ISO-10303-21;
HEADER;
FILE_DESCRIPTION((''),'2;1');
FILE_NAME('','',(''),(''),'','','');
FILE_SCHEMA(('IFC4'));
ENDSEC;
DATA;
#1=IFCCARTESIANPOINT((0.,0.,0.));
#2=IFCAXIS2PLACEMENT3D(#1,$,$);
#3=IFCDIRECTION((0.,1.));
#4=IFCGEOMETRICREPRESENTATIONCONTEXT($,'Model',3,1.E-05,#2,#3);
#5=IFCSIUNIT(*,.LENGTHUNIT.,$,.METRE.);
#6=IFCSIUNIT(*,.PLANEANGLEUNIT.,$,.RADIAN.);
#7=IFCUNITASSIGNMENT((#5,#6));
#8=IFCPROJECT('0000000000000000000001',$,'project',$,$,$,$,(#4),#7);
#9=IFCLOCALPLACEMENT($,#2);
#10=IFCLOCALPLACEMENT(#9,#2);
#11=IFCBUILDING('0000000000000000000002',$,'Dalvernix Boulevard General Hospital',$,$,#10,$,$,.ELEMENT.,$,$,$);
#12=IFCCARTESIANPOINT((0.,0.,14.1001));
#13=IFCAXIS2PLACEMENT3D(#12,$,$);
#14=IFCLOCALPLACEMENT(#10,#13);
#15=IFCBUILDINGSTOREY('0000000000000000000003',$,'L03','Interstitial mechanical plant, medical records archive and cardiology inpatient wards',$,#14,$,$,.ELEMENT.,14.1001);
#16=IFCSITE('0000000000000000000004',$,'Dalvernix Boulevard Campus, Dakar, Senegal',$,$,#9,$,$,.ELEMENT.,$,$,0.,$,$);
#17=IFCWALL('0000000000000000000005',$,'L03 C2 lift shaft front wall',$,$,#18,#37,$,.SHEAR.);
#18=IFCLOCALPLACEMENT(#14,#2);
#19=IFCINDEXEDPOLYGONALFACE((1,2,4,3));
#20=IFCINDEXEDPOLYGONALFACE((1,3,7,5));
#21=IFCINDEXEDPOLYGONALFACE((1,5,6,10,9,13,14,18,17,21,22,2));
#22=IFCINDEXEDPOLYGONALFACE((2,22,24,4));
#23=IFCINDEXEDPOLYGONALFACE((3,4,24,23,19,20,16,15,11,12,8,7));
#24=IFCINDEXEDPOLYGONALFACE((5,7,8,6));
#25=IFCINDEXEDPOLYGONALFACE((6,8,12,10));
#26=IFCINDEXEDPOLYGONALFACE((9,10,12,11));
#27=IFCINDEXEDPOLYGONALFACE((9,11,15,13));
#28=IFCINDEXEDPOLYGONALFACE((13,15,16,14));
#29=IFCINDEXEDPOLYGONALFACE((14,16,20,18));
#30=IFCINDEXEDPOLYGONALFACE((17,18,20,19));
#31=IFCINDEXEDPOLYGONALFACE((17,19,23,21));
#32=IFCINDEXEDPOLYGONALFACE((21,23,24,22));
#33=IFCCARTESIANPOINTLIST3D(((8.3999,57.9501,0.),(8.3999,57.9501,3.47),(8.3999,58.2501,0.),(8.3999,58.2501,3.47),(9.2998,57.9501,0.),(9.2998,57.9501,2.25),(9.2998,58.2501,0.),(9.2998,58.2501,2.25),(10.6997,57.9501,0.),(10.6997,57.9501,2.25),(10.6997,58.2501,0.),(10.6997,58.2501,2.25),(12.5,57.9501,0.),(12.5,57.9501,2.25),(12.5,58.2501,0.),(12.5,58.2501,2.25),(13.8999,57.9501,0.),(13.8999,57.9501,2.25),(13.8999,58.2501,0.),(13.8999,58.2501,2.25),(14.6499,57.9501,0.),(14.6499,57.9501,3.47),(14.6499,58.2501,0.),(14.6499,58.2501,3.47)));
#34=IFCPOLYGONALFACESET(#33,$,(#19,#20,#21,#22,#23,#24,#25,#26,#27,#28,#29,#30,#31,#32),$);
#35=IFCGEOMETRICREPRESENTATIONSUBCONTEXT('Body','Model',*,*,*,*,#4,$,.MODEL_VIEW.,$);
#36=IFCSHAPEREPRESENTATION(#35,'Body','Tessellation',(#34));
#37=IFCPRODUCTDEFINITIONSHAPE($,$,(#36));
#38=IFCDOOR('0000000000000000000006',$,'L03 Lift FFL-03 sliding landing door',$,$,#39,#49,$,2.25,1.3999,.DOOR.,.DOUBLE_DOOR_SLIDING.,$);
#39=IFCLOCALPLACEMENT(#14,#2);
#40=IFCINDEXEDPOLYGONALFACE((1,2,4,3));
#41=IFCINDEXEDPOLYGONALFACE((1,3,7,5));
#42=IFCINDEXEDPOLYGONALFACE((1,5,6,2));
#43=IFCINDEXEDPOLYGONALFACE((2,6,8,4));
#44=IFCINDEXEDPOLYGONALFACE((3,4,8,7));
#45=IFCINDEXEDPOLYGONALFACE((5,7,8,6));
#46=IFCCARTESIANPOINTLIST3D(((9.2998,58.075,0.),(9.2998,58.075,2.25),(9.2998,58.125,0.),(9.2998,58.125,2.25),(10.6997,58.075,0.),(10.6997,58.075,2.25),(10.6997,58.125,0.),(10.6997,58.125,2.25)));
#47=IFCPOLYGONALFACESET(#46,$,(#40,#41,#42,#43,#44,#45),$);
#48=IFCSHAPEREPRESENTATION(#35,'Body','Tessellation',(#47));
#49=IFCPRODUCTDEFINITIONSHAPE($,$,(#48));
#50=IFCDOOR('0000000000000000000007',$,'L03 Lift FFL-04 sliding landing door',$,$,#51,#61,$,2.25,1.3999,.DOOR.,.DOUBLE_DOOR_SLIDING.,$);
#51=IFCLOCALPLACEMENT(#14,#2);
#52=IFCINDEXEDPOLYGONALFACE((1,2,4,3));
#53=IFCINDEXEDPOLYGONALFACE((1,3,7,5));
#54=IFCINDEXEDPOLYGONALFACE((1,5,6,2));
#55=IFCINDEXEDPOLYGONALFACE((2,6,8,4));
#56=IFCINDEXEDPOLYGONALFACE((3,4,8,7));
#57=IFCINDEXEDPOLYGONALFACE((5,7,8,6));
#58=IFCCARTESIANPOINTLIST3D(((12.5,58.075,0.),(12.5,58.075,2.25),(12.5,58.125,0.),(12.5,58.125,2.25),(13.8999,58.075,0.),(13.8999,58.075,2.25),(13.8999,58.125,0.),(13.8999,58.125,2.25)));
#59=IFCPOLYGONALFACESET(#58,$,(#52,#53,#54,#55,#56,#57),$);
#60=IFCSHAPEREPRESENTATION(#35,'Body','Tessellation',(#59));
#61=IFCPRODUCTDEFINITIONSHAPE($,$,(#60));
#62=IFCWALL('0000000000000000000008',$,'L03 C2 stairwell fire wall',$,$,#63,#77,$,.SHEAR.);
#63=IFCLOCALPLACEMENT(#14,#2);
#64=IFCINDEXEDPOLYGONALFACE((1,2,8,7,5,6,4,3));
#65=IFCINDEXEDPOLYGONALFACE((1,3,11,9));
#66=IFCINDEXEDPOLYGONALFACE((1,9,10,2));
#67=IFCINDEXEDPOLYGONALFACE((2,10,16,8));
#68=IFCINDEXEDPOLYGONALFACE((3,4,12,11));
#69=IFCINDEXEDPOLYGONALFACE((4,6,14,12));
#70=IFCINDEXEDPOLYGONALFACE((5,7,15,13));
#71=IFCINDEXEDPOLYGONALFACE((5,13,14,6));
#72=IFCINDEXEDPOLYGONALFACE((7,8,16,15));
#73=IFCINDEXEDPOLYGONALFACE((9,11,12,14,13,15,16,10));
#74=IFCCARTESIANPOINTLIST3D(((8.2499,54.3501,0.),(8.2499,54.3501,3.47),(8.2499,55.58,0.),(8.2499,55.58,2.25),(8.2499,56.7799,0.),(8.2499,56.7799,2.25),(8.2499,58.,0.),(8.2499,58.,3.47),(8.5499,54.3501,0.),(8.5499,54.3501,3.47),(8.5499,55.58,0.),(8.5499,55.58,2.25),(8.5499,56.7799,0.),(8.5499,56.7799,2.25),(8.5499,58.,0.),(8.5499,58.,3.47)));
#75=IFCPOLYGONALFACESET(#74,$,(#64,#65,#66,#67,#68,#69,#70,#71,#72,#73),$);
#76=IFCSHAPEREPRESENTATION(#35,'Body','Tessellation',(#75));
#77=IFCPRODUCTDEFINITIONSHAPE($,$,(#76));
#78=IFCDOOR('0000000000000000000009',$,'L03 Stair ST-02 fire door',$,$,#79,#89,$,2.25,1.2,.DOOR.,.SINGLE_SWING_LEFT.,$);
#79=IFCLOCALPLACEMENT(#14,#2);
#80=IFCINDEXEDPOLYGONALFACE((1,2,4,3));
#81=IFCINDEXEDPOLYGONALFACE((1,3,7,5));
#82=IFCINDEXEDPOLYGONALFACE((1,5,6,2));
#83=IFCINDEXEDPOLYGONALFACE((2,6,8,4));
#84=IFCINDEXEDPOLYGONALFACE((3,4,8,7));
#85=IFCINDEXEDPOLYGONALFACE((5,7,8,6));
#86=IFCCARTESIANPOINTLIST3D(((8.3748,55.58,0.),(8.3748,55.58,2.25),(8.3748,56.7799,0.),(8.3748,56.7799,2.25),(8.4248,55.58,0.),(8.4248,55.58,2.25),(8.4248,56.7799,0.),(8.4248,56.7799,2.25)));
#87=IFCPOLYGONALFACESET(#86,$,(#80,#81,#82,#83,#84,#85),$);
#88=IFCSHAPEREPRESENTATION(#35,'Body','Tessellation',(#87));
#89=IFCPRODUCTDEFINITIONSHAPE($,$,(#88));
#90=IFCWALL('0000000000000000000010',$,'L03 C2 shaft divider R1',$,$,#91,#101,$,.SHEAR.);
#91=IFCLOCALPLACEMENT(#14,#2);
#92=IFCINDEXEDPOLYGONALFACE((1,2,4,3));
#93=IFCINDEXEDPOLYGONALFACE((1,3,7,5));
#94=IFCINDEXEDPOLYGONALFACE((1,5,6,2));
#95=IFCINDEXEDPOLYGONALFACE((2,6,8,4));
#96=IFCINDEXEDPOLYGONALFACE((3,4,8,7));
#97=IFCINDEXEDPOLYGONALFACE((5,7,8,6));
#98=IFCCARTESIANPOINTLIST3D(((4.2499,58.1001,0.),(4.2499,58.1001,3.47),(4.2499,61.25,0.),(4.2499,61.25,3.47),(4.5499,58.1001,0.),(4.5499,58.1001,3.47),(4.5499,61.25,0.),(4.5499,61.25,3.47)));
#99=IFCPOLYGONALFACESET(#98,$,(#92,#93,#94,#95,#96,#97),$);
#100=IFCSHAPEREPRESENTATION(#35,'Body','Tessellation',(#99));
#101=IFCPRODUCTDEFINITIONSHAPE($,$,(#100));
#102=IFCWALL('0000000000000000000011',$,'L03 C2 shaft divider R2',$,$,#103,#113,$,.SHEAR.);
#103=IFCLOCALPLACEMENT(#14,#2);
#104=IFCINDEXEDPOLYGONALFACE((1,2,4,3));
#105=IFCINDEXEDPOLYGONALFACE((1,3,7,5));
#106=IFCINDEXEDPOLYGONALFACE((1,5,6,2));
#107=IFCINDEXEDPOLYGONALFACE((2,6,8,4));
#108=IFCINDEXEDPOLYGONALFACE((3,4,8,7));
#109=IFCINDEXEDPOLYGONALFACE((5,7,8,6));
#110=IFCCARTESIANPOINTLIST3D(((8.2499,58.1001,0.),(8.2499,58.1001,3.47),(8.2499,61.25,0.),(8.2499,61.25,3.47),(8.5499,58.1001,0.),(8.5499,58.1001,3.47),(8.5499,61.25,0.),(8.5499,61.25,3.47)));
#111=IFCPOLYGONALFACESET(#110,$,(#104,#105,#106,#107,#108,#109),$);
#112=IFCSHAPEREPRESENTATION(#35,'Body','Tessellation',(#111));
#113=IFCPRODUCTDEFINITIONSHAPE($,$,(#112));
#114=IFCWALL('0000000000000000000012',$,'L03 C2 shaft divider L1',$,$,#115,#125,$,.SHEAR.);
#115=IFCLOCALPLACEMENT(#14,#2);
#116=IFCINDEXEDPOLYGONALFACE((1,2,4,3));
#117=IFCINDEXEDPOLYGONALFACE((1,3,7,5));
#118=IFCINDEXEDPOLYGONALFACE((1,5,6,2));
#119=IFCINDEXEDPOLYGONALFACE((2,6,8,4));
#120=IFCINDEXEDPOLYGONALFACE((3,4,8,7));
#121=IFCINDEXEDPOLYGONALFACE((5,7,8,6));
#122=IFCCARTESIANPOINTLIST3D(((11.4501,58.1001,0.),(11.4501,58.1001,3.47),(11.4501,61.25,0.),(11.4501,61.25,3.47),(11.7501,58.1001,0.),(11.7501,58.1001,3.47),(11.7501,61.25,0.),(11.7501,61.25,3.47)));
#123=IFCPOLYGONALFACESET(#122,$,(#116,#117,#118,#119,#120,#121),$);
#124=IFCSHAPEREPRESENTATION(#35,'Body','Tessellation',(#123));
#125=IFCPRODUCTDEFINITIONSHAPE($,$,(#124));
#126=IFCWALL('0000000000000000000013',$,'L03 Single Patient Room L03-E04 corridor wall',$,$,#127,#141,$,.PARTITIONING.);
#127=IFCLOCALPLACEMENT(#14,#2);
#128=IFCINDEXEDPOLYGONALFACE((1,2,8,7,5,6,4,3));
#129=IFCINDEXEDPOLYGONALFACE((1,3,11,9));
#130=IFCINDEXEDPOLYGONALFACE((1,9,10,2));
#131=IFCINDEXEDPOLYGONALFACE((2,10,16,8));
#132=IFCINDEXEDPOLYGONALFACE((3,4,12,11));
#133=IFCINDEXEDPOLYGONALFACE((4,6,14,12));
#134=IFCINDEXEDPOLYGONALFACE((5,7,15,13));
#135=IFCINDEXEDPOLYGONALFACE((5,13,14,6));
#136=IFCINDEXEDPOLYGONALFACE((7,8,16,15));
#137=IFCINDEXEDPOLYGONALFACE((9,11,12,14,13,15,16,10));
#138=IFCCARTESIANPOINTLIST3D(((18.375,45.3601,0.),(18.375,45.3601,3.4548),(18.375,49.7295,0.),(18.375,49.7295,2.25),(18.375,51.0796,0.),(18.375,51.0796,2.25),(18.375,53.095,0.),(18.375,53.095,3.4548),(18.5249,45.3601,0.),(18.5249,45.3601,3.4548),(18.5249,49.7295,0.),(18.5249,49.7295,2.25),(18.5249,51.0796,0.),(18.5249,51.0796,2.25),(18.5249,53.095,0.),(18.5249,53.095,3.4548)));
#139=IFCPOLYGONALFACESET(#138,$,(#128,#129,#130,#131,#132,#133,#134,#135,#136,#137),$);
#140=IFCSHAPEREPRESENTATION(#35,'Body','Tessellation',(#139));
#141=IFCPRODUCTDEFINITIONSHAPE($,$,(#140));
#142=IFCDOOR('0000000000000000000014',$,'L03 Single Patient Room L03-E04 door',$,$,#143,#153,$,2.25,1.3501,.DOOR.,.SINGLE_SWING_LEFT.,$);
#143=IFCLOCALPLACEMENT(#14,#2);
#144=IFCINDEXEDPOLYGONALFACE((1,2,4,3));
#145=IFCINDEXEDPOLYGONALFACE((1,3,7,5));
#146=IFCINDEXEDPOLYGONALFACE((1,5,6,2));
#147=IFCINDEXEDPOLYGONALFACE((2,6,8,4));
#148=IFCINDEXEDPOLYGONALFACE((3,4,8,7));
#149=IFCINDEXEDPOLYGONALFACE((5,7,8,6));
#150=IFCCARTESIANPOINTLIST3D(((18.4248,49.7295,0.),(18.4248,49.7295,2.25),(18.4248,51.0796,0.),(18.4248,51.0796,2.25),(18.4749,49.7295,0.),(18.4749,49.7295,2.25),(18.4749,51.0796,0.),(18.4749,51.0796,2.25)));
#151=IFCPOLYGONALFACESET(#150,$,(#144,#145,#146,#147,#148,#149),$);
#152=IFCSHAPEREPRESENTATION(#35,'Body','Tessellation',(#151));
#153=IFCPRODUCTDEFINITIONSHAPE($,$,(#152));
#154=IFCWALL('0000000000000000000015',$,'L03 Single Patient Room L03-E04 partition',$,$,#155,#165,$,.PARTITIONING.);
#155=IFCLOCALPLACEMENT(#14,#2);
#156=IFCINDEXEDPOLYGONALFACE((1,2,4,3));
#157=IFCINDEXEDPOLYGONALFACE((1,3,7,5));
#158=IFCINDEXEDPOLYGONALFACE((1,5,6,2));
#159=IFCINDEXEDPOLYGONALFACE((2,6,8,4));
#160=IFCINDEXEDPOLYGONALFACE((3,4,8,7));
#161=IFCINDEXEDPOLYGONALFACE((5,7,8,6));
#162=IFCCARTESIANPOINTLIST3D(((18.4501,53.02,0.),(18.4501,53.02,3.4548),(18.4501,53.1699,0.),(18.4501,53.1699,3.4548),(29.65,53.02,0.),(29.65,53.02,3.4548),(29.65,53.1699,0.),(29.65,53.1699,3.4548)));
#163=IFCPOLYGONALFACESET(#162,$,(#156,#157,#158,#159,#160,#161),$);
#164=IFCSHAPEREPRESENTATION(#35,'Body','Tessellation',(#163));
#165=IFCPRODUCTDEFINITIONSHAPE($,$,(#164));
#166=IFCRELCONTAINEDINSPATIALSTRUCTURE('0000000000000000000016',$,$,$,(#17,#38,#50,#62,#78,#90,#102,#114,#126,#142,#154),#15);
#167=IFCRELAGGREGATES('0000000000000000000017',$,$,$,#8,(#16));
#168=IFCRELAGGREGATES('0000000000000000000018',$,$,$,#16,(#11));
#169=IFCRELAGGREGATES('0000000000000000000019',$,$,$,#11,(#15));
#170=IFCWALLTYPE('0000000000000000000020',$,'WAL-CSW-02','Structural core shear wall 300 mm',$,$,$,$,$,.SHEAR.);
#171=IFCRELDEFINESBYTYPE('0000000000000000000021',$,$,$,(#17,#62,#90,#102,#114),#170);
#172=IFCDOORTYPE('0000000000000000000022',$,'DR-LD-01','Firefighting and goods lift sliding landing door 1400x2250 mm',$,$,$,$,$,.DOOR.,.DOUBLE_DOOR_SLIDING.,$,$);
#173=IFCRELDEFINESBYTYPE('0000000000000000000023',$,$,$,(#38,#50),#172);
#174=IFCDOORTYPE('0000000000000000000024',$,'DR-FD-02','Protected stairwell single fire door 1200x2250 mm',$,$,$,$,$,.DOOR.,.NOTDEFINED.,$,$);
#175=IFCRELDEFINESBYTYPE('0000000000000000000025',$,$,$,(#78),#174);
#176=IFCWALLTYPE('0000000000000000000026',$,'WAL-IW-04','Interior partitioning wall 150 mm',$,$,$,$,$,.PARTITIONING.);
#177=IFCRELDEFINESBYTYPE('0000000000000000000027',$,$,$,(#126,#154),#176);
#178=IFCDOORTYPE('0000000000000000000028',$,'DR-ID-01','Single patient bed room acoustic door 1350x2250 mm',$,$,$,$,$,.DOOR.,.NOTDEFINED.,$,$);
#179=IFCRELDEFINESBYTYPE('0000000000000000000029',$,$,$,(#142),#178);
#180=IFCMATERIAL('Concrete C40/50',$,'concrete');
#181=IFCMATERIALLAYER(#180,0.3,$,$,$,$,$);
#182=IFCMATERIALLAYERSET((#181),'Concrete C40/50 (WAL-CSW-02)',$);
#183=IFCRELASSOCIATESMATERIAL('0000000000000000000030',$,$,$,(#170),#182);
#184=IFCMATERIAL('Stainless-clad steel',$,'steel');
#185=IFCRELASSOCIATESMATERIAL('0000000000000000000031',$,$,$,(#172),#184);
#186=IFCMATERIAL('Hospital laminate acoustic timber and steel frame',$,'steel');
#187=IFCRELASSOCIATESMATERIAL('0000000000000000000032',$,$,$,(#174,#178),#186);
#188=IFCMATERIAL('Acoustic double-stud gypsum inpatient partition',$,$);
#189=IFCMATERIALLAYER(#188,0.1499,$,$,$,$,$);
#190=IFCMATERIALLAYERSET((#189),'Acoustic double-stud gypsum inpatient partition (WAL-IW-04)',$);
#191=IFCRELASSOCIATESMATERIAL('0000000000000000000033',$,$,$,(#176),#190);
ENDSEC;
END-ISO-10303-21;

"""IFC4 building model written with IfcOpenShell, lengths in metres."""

from ifc_helpers import new_model, si_unit, direction, frame, frame_2d, origin, place, context, subcontext, project, spatial, rectangle, extrude, material, layer, layer_set, type_object, element, fill, save


model = new_model("IFC4")

# Units and contexts
model_context = context("Model", 3, precision=1e-05, world=origin(), true_north=direction((0.0, 1.0)))
body_context = subcontext(model_context, "Body", "Model", "MODEL_VIEW")
ifc_project = project(units=[si_unit("LENGTHUNIT", "METRE"), si_unit("PLANEANGLEUNIT", "RADIAN")], contexts=[model_context])

# Site, building, storey
site_placement = place(None, origin())
site = spatial("IfcSite", under=ifc_project, at=site_placement, Name="Dalvernix Boulevard Campus, Dakar, Senegal", CompositionType="ELEMENT", RefElevation=0.0)
building_placement = place(site_placement, origin())
building = spatial("IfcBuilding", under=site, at=building_placement, Name="Dalvernix Boulevard General Hospital", CompositionType="ELEMENT")
storey_placement = place(building_placement, frame((0.0, 0.0, 14.1001)))
storey = spatial("IfcBuildingStorey", under=building, at=storey_placement, Name="L03", Description="Interstitial mechanical plant, medical records archive and cardiology inpatient wards", CompositionType="ELEMENT", Elevation=14.1001)

# Shared definitions
ifc_material_1 = material(Name="Concrete C40/50", Category="concrete")

# Shared definitions
ifc_material_2 = material(Name="Hospital laminate acoustic timber and steel frame", Category="steel")

# Wall, openings, doors
ifc_layer_1 = layer(ifc_material_1, 0.3)
ifc_layer_set_1 = layer_set([ifc_layer_1], Name="Concrete C40/50 (WAL-CSW-02)")
wall_type_1 = type_object("IfcWallType", Name="WAL-CSW-02", Description="Structural core shear wall 300 mm", PredefinedType="SHEAR", material=ifc_layer_set_1)
wall_1_placement = place(storey_placement, frame((8.3999, 58.1001, 0.0), z_axis=(0.0, 0.0, 1.0), x_axis=(1.0, 0.0, 0.0)))
wall_1 = element("IfcWall", 1, at=wall_1_placement, inside=storey, type_object=wall_type_1, Name="L03 C2 lift shaft front wall", PredefinedType="SHEAR", context=body_context, shape_type="SweptSolid", body=[
    extrude(rectangle(XDim=6.25, YDim=0.3, at=frame_2d((3.125, 0.0))), origin(), (0.0, 0.0, 1.0), 3.47),
])
opening_1_placement = place(wall_1_placement, frame((0.8999, 0.0, 0.0)))
opening_1 = element("IfcOpeningElement", 2, at=opening_1_placement, cuts=wall_1, PredefinedType="OPENING", context=body_context, shape_type="SweptSolid", body=[
    extrude(rectangle(XDim=1.3999, YDim=2.25, at=frame_2d((0.7, 1.125))), frame((0.0, 0.1599, 0.0), z_axis=(0.0, -1.0, 0.0), x_axis=(1.0, 0.0, 0.0)), (0.0, 0.0, 1.0), 0.3201),
])
opening_2_placement = place(wall_1_placement, frame((4.1001, 0.0, 0.0)))
opening_2 = element("IfcOpeningElement", 3, at=opening_2_placement, cuts=wall_1, PredefinedType="OPENING", context=body_context, shape_type="SweptSolid", body=[
    extrude(rectangle(XDim=1.3999, YDim=2.25, at=frame_2d((0.7, 1.125))), frame((0.0, 0.1599, 0.0), z_axis=(0.0, -1.0, 0.0), x_axis=(1.0, 0.0, 0.0)), (0.0, 0.0, 1.0), 0.3201),
])
ifc_material_3 = material(Name="Stainless-clad steel", Category="steel")
door_type_1 = type_object("IfcDoorType", Name="DR-LD-01", Description="Firefighting and goods lift sliding landing door 1400x2250 mm", OperationType="DOUBLE_DOOR_SLIDING", PredefinedType="DOOR", material=ifc_material_3)
door_1_placement = place(opening_1_placement, origin())
door_1 = element("IfcDoor", 4, at=door_1_placement, inside=storey, type_object=door_type_1, Name="L03 Lift FFL-03 sliding landing door", OperationType="DOUBLE_DOOR_SLIDING", OverallHeight=2.25, OverallWidth=1.3999, PredefinedType="DOOR", context=body_context, shape_type="SweptSolid", body=[
    extrude(rectangle(XDim=1.3999, YDim=2.25, at=frame_2d((0.7, 1.125))), frame((0.0, 0.0249, 0.0), z_axis=(0.0, -1.0, 0.0), x_axis=(1.0, 0.0, 0.0)), (0.0, 0.0, 1.0), 0.05),
])
fill(opening_1, door_1)
door_2_placement = place(opening_2_placement, origin())
door_2 = element("IfcDoor", 5, at=door_2_placement, inside=storey, type_object=door_type_1, Name="L03 Lift FFL-04 sliding landing door", OperationType="DOUBLE_DOOR_SLIDING", OverallHeight=2.25, OverallWidth=1.3999, PredefinedType="DOOR", context=body_context, shape_type="SweptSolid", body=[
    extrude(rectangle(XDim=1.3999, YDim=2.25, at=frame_2d((0.7, 1.125))), frame((0.0, 0.0249, 0.0), z_axis=(0.0, -1.0, 0.0), x_axis=(1.0, 0.0, 0.0)), (0.0, 0.0, 1.0), 0.05),
])
fill(opening_2, door_2)

# Wall, opening, door
wall_2_placement = place(storey_placement, frame((8.3999, 58.0, 0.0), z_axis=(0.0, 0.0, 1.0), x_axis=(0.0, -1.0, 0.0)))
wall_2 = element("IfcWall", 6, at=wall_2_placement, inside=storey, type_object=wall_type_1, Name="L03 C2 stairwell fire wall", PredefinedType="SHEAR", context=body_context, shape_type="SweptSolid", body=[
    extrude(rectangle(XDim=3.6499, YDim=0.3, at=frame_2d((1.825, 0.0))), origin(), (0.0, 0.0, 1.0), 3.47),
])
opening_3_placement = place(wall_2_placement, frame((1.22, 0.0, 0.0)))
opening_3 = element("IfcOpeningElement", 7, at=opening_3_placement, cuts=wall_2, PredefinedType="OPENING", context=body_context, shape_type="SweptSolid", body=[
    extrude(rectangle(XDim=1.2, YDim=2.25, at=frame_2d((0.6001, 1.125))), frame((0.0, 0.1599, 0.0), z_axis=(0.0, -1.0, 0.0), x_axis=(1.0, 0.0, 0.0)), (0.0, 0.0, 1.0), 0.3201),
])
door_type_2 = type_object("IfcDoorType", Name="DR-FD-02", Description="Protected stairwell single fire door 1200x2250 mm", OperationType="NOTDEFINED", PredefinedType="DOOR", material=ifc_material_2)
door_3_placement = place(opening_3_placement, origin())
door_3 = element("IfcDoor", 8, at=door_3_placement, inside=storey, type_object=door_type_2, Name="L03 Stair ST-02 fire door", OperationType="SINGLE_SWING_LEFT", OverallHeight=2.25, OverallWidth=1.2, PredefinedType="DOOR", context=body_context, shape_type="SweptSolid", body=[
    extrude(rectangle(XDim=1.2, YDim=2.25, at=frame_2d((0.6001, 1.125))), frame((0.0, 0.0249, 0.0), z_axis=(0.0, -1.0, 0.0), x_axis=(1.0, 0.0, 0.0)), (0.0, 0.0, 1.0), 0.05),
])
fill(opening_3, door_3)

# Walls
for number, where, z_axis, x_axis, name in (
    (9, (4.3999, 58.1001, 0.0), (0.0, 0.0, 1.0), (0.0, 1.0, 0.0), "L03 C2 shaft divider R1"),
    (10, (8.3999, 58.1001, 0.0), (0.0, 0.0, 1.0), (0.0, 1.0, 0.0), "L03 C2 shaft divider R2"),
    (11, (11.6001, 58.1001, 0.0), (0.0, 0.0, 1.0), (0.0, 1.0, 0.0), "L03 C2 shaft divider L1"),
):
    element("IfcWall", number, at=place(storey_placement, frame(where, z_axis=z_axis, x_axis=x_axis)), inside=storey, type_object=wall_type_1, Name=name, PredefinedType="SHEAR", context=body_context, shape_type="SweptSolid", body=[
        extrude(rectangle(XDim=3.1499, YDim=0.3, at=frame_2d((1.575, 0.0))), origin(), (0.0, 0.0, 1.0), 3.47),
    ])

# Wall, opening, door
ifc_material_4 = material(Name="Acoustic double-stud gypsum inpatient partition")
ifc_layer_2 = layer(ifc_material_4, 0.1499)
ifc_layer_set_2 = layer_set([ifc_layer_2], Name="Acoustic double-stud gypsum inpatient partition (WAL-IW-04)")
wall_type_2 = type_object("IfcWallType", Name="WAL-IW-04", Description="Interior partitioning wall 150 mm", PredefinedType="PARTITIONING", material=ifc_layer_set_2)
wall_3_placement = place(storey_placement, frame((18.45, 53.095, 0.0), z_axis=(0.0, 0.0, 1.0), x_axis=(0.0, -1.0, 0.0)))
wall_3 = element("IfcWall", 12, at=wall_3_placement, inside=storey, type_object=wall_type_2, Name="L03 Single Patient Room L03-E04 corridor wall", PredefinedType="PARTITIONING", context=body_context, shape_type="SweptSolid", body=[
    extrude(rectangle(XDim=7.7349, YDim=0.1499, at=frame_2d((3.8674, 0.0))), origin(), (0.0, 0.0, 1.0), 3.4548),
])
opening_4_placement = place(wall_3_placement, frame((2.0154, 0.0, 0.0)))
opening_4 = element("IfcOpeningElement", 13, at=opening_4_placement, cuts=wall_3, PredefinedType="OPENING", context=body_context, shape_type="SweptSolid", body=[
    extrude(rectangle(XDim=1.3501, YDim=2.25, at=frame_2d((0.675, 1.125))), frame((0.0, 0.085, 0.0), z_axis=(0.0, -1.0, 0.0), x_axis=(1.0, 0.0, 0.0)), (0.0, 0.0, 1.0), 0.1699),
])
door_type_3 = type_object("IfcDoorType", Name="DR-ID-01", Description="Single patient bed room acoustic door 1350x2250 mm", OperationType="NOTDEFINED", PredefinedType="DOOR", material=ifc_material_2)
door_4_placement = place(opening_4_placement, origin())
door_4 = element("IfcDoor", 14, at=door_4_placement, inside=storey, type_object=door_type_3, Name="L03 Single Patient Room L03-E04 door", OperationType="SINGLE_SWING_LEFT", OverallHeight=2.25, OverallWidth=1.3501, PredefinedType="DOOR", context=body_context, shape_type="SweptSolid", body=[
    extrude(rectangle(XDim=1.3501, YDim=2.25, at=frame_2d((0.675, 1.125))), frame((0.0, 0.0249, 0.0), z_axis=(0.0, -1.0, 0.0), x_axis=(1.0, 0.0, 0.0)), (0.0, 0.0, 1.0), 0.05),
])
fill(opening_4, door_4)

# Wall
wall_4_placement = place(storey_placement, frame((18.45, 53.095, 0.0), z_axis=(0.0, 0.0, 1.0), x_axis=(1.0, 0.0, 0.0)))
element("IfcWall", 15, at=wall_4_placement, inside=storey, type_object=wall_type_2, Name="L03 Single Patient Room L03-E04 partition", PredefinedType="PARTITIONING", context=body_context, shape_type="SweptSolid", body=[
    extrude(rectangle(XDim=11.2, YDim=0.1499, at=frame_2d((5.6001, 0.0))), origin(), (0.0, 0.0, 1.0), 3.4548),
])

save(model, "model.ifc")
